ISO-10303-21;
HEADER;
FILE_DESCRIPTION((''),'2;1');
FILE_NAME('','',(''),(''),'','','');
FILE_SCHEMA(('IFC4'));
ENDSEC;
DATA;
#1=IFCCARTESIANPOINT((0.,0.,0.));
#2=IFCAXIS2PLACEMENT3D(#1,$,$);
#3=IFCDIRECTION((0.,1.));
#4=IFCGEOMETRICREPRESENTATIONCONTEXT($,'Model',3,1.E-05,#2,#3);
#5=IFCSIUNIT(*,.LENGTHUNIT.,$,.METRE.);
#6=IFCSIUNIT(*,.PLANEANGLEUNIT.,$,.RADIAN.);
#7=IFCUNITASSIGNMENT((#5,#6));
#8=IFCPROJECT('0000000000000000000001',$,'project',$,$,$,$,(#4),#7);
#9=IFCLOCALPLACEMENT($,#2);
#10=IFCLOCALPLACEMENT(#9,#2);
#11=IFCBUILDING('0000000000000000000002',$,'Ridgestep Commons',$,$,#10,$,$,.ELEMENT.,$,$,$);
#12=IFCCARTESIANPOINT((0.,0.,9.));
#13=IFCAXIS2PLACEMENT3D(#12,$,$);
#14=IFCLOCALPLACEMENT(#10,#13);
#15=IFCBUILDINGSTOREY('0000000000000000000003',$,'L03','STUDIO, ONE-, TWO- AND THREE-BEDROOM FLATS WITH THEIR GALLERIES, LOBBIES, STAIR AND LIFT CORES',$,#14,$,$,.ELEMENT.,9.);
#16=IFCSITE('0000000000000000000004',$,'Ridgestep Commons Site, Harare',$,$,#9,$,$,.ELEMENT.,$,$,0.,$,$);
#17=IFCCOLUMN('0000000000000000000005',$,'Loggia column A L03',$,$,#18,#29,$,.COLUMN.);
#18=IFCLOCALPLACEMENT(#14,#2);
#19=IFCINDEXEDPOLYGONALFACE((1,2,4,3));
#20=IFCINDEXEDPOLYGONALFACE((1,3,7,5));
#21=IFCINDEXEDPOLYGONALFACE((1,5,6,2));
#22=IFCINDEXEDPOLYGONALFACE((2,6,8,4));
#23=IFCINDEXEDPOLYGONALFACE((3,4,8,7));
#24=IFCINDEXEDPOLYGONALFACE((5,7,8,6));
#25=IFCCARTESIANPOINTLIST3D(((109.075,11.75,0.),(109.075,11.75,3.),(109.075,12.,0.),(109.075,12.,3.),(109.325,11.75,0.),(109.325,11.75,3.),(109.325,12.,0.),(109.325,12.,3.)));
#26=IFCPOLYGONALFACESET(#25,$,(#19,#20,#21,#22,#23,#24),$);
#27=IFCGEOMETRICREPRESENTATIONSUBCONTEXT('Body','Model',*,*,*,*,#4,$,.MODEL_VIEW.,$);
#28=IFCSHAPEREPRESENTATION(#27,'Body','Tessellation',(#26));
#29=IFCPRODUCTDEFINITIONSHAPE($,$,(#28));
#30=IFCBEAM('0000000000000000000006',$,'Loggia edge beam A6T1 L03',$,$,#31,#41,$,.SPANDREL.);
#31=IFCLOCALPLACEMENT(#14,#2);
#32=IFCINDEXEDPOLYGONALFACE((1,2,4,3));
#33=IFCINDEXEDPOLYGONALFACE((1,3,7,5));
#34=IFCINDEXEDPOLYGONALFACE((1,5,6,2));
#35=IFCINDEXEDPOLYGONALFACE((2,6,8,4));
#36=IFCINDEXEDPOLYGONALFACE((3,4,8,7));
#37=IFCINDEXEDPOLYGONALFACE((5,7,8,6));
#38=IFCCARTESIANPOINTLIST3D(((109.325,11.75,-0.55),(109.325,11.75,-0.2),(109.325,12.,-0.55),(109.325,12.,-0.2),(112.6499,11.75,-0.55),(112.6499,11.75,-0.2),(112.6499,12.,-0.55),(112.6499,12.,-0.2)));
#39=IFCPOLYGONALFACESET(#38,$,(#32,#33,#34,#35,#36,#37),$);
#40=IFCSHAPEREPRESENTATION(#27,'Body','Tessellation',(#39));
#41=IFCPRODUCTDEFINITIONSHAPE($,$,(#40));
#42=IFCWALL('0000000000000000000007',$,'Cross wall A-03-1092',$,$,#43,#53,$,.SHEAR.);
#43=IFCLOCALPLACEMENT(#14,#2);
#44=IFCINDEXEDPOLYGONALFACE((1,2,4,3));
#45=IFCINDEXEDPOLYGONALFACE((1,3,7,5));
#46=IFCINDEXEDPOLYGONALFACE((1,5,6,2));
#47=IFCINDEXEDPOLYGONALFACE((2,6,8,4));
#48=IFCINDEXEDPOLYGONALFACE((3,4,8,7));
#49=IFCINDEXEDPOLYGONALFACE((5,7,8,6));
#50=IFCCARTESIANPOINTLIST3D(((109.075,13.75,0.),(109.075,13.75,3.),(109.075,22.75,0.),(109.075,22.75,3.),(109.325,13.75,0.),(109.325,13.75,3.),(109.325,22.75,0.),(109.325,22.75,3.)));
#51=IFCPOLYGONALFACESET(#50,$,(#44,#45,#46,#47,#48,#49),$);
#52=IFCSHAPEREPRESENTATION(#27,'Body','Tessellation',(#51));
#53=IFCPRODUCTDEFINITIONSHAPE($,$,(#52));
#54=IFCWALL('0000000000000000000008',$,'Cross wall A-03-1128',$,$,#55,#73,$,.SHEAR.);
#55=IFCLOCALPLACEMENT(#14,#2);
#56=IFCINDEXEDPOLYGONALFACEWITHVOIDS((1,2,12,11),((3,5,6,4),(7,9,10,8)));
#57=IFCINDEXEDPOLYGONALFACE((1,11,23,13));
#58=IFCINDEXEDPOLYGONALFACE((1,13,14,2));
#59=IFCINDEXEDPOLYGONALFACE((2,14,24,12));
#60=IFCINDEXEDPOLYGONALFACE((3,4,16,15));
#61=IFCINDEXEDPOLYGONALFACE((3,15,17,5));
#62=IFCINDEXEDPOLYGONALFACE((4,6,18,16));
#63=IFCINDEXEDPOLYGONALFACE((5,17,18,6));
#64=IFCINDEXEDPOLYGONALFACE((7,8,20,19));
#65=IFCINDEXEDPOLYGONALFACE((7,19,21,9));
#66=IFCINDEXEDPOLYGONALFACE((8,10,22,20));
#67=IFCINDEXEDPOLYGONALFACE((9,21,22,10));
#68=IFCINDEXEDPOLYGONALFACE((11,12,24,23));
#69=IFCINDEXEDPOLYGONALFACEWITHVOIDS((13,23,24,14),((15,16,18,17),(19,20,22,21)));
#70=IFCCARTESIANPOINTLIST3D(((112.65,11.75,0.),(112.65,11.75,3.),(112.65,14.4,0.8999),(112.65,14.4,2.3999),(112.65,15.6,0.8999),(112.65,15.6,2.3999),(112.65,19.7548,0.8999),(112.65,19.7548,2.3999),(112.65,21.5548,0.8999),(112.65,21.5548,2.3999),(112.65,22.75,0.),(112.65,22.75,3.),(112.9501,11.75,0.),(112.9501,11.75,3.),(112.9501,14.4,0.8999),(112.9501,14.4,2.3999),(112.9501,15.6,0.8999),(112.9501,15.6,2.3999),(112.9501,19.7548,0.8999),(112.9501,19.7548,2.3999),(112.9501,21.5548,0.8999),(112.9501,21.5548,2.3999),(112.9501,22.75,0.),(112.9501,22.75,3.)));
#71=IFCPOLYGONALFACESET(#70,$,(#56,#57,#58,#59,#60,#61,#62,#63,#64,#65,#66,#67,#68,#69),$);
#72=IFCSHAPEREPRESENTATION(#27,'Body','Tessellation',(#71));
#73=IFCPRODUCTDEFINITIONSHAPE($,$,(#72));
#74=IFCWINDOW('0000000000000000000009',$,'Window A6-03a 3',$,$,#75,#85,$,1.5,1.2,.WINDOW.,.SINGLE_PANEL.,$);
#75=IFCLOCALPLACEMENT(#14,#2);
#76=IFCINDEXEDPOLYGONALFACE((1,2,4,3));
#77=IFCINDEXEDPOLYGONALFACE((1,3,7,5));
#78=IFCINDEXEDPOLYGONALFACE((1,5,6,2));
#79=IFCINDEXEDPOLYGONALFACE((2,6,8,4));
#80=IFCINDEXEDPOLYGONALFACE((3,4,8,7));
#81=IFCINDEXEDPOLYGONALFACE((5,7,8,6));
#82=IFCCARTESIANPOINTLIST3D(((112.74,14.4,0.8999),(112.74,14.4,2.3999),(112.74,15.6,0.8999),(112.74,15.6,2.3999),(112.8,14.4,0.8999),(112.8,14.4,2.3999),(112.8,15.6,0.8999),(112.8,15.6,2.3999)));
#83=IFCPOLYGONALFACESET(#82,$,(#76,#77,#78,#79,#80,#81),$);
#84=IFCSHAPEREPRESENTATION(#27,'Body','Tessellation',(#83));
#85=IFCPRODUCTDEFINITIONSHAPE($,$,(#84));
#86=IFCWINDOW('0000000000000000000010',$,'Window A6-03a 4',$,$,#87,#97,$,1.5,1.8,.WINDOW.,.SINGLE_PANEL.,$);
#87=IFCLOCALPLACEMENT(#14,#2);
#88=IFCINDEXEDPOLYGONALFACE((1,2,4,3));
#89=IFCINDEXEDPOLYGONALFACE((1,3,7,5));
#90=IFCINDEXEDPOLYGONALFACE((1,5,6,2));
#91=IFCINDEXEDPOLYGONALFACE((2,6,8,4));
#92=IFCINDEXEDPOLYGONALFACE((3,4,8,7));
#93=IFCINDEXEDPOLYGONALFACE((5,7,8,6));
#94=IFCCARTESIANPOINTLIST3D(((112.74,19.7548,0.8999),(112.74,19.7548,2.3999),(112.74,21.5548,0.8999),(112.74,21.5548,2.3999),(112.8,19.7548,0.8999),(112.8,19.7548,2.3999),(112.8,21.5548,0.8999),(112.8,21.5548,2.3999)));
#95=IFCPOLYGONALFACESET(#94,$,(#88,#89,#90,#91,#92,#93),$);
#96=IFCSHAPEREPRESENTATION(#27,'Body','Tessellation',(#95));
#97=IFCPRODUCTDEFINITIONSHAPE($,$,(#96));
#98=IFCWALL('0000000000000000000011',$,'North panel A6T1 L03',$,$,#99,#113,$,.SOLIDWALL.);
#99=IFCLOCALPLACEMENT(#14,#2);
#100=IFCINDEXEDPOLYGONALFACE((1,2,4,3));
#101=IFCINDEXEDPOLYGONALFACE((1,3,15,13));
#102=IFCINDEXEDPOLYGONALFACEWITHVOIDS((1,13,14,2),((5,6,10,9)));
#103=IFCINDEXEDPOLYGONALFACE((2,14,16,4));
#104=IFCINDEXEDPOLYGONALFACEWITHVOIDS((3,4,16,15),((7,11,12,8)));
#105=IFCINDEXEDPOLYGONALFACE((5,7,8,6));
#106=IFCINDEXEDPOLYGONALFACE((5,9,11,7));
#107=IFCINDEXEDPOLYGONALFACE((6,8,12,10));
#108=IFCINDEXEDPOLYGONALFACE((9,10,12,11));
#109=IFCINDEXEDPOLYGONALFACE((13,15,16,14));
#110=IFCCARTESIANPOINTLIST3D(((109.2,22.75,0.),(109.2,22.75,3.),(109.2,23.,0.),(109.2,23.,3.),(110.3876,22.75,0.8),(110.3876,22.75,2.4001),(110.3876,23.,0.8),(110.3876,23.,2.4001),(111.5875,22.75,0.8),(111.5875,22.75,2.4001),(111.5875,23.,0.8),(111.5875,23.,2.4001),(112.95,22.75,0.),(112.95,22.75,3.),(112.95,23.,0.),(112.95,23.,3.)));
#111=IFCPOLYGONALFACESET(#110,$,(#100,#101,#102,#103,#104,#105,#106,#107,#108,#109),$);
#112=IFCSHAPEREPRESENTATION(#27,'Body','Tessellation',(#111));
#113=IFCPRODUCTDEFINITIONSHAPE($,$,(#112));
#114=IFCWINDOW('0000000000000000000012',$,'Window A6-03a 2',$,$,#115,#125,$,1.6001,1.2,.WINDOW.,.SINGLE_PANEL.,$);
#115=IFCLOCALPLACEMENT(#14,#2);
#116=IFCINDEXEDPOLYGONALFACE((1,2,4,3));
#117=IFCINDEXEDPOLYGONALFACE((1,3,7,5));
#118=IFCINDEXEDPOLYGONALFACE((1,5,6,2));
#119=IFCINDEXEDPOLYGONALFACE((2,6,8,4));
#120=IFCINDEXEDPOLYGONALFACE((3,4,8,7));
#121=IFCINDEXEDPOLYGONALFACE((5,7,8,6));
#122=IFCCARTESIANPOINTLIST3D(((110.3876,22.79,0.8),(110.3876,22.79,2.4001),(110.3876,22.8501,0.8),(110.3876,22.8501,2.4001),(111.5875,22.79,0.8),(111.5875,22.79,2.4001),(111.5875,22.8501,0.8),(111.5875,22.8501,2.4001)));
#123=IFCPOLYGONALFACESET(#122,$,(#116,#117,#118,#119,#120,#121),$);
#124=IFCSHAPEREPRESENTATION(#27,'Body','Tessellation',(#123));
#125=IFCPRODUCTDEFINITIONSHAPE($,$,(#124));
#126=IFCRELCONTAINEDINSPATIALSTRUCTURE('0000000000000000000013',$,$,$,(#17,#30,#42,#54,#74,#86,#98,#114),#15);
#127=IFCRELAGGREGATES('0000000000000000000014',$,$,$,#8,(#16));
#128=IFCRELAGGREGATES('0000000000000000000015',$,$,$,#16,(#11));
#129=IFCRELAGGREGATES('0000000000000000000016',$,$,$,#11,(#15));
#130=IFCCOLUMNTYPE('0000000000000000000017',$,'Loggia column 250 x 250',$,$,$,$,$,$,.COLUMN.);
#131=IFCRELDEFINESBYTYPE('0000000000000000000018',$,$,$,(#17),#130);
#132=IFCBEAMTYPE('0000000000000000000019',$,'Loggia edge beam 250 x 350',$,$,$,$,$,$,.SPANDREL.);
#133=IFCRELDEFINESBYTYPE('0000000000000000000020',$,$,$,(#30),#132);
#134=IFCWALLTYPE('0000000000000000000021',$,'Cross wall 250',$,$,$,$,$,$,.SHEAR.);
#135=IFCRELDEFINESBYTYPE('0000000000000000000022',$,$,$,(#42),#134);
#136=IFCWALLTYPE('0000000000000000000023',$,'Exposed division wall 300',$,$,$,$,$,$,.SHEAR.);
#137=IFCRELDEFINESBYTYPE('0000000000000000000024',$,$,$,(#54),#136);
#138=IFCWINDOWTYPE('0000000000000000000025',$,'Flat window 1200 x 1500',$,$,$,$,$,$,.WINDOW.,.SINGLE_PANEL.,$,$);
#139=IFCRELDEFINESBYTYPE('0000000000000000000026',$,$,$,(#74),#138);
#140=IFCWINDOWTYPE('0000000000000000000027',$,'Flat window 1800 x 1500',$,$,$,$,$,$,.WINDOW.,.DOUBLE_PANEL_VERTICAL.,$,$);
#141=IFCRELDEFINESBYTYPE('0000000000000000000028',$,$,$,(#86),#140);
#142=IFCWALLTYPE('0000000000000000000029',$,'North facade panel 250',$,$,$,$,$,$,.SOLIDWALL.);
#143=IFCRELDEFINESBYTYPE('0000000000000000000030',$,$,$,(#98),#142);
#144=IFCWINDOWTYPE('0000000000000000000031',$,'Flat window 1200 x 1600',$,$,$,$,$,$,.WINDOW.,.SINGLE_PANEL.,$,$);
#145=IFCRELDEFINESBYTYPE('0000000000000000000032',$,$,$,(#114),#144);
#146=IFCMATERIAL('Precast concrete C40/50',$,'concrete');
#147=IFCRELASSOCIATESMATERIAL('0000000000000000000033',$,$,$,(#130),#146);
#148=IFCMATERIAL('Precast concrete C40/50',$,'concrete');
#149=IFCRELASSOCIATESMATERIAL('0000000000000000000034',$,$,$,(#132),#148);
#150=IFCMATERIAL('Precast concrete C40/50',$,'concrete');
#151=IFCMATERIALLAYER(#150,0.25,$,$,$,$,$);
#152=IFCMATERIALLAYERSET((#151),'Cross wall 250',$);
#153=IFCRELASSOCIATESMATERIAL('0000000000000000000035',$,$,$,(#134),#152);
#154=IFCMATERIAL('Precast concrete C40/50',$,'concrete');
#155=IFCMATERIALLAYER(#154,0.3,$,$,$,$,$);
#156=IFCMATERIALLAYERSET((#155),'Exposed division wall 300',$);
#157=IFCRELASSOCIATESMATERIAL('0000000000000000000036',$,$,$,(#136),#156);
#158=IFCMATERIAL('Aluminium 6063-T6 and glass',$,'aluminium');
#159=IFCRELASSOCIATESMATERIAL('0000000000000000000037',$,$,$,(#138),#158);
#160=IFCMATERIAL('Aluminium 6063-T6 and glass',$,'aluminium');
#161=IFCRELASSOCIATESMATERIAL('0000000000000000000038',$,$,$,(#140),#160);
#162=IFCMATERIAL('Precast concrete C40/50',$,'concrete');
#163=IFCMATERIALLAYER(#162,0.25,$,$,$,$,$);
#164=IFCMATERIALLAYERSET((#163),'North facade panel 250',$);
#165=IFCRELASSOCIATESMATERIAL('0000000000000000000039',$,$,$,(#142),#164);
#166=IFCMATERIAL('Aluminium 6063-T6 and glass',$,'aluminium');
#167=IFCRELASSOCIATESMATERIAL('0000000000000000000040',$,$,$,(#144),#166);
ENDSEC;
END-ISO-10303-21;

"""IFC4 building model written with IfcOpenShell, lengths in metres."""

from ifc_helpers import new_model, si_unit, direction, frame, frame_2d, origin, origin_2d, place, context, subcontext, project, spatial, rectangle, extrude, material, layer, layer_set, material_profile, profile_set, type_object, element, fill, save


model = new_model("IFC4")

# Units and contexts
model_context = context("Model", 3, precision=1e-05, world=origin(), true_north=direction((0.0, 1.0)))
body_context = subcontext(model_context, "Body", "Model", "MODEL_VIEW")
ifc_project = project(units=[si_unit("LENGTHUNIT", "METRE"), si_unit("PLANEANGLEUNIT", "RADIAN")], contexts=[model_context])

# Site, building, storey
site_placement = place(None, origin())
site = spatial("IfcSite", under=ifc_project, at=site_placement, Name="Ridgestep Commons Site, Harare", CompositionType="ELEMENT", RefElevation=0.0)
building_placement = place(site_placement, origin())
building = spatial("IfcBuilding", under=site, at=building_placement, Name="Ridgestep Commons", CompositionType="ELEMENT")
storey_placement = place(building_placement, frame((0.0, 0.0, 9.0)))
storey = spatial("IfcBuildingStorey", under=building, at=storey_placement, Name="L03", Description="STUDIO, ONE-, TWO- AND THREE-BEDROOM FLATS WITH THEIR GALLERIES, LOBBIES, STAIR AND LIFT CORES", CompositionType="ELEMENT", Elevation=9.0)

# Column
ifc_material_1 = material(Name="Precast concrete C40/50", Category="concrete")
ifc_material_profile_1 = material_profile(ifc_material_1, rectangle(XDim=0.25, YDim=0.25, at=origin_2d()), Name="PC 250x250")
ifc_profile_set_1 = profile_set([ifc_material_profile_1], Name="Precast concrete C40/50")
column_type = type_object("IfcColumnType", Name="Loggia column 250 x 250", PredefinedType="COLUMN", material=ifc_profile_set_1)
column_placement = place(storey_placement, frame((109.2, 11.875, 0.0), z_axis=(0.0, 0.0, 1.0), x_axis=(1.0, 0.0, 0.0)))
element("IfcColumn", 1, at=column_placement, inside=storey, type_object=column_type, Name="Loggia column A L03", PredefinedType="COLUMN", context=body_context, shape_type="SweptSolid", body=[
    extrude(rectangle(XDim=0.25, YDim=0.25, at=origin_2d()), origin(), (0.0, 0.0, 1.0), 3.0),
])

# Beam
ifc_material_2 = material(Name="Precast concrete C40/50", Category="concrete")
ifc_material_profile_2 = material_profile(ifc_material_2, rectangle(XDim=0.25, YDim=0.3501, at=origin_2d()), Name="PC 250x350")
ifc_profile_set_2 = profile_set([ifc_material_profile_2], Name="Precast concrete C40/50")
beam_type = type_object("IfcBeamType", Name="Loggia edge beam 250 x 350", PredefinedType="SPANDREL", material=ifc_profile_set_2)
beam_placement = place(storey_placement, frame((109.325, 11.875, -0.375), z_axis=(1.0, 0.0, 0.0), x_axis=(0.0, 1.0, 0.0)))
element("IfcBeam", 2, at=beam_placement, inside=storey, type_object=beam_type, Name="Loggia edge beam A6T1 L03", PredefinedType="SPANDREL", context=body_context, shape_type="SweptSolid", body=[
    extrude(rectangle(XDim=0.25, YDim=0.3501, at=origin_2d()), origin(), (0.0, 0.0, 1.0), 3.325),
])

# Wall
ifc_material_3 = material(Name="Precast concrete C40/50", Category="concrete")
ifc_layer_1 = layer(ifc_material_3, 0.25)
ifc_layer_set_1 = layer_set([ifc_layer_1], Name="Cross wall 250")
wall_type_1 = type_object("IfcWallType", Name="Cross wall 250", PredefinedType="SHEAR", material=ifc_layer_set_1)
wall_1_placement = place(storey_placement, frame((109.2, 13.75, 0.0), z_axis=(0.0, 0.0, 1.0), x_axis=(0.0, 1.0, 0.0)))
element("IfcWall", 3, at=wall_1_placement, inside=storey, type_object=wall_type_1, Name="Cross wall A-03-1092", PredefinedType="SHEAR", context=body_context, shape_type="SweptSolid", body=[
    extrude(rectangle(XDim=9.0, YDim=0.25, at=frame_2d((4.5, 0.0))), origin(), (0.0, 0.0, 1.0), 3.0),
])

# Wall, openings, windows
ifc_material_4 = material(Name="Precast concrete C40/50", Category="concrete")
ifc_layer_2 = layer(ifc_material_4, 0.3)
ifc_layer_set_2 = layer_set([ifc_layer_2], Name="Exposed division wall 300")
wall_type_2 = type_object("IfcWallType", Name="Exposed division wall 300", PredefinedType="SHEAR", material=ifc_layer_set_2)
wall_2_placement = place(storey_placement, frame((112.8, 11.75, 0.0), z_axis=(0.0, 0.0, 1.0), x_axis=(0.0, 1.0, 0.0)))
wall_2 = element("IfcWall", 4, at=wall_2_placement, inside=storey, type_object=wall_type_2, Name="Cross wall A-03-1128", PredefinedType="SHEAR", context=body_context, shape_type="SweptSolid", body=[
    extrude(rectangle(XDim=11.0, YDim=0.3, at=frame_2d((5.5, 0.0))), origin(), (0.0, 0.0, 1.0), 3.0),
])
opening_1_placement = place(wall_2_placement, frame((2.6499, 0.0, 0.8999)))
opening_1 = element("IfcOpeningElement", 5, at=opening_1_placement, cuts=wall_2, PredefinedType="OPENING", context=body_context, shape_type="SweptSolid", body=[
    extrude(rectangle(XDim=1.2, YDim=1.5, at=frame_2d((0.6001, 0.75))), frame((0.0, 0.1599, 0.0), z_axis=(0.0, -1.0, 0.0), x_axis=(1.0, 0.0, 0.0)), (0.0, 0.0, 1.0), 0.3201),
])
opening_2_placement = place(wall_2_placement, frame((8.0049, 0.0, 0.8999)))
opening_2 = element("IfcOpeningElement", 6, at=opening_2_placement, cuts=wall_2, PredefinedType="OPENING", context=body_context, shape_type="SweptSolid", body=[
    extrude(rectangle(XDim=1.8, YDim=1.5, at=frame_2d((0.8999, 0.75))), frame((0.0, 0.1599, 0.0), z_axis=(0.0, -1.0, 0.0), x_axis=(1.0, 0.0, 0.0)), (0.0, 0.0, 1.0), 0.3201),
])
ifc_material_5 = material(Name="Aluminium 6063-T6 and glass", Category="aluminium")
window_type_1 = type_object("IfcWindowType", Name="Flat window 1200 x 1500", PartitioningType="SINGLE_PANEL", PredefinedType="WINDOW", material=ifc_material_5)
window_1_placement = place(opening_1_placement, origin())
window_1 = element("IfcWindow", 7, at=window_1_placement, inside=storey, type_object=window_type_1, Name="Window A6-03a 3", OverallHeight=1.5, OverallWidth=1.2, PartitioningType="SINGLE_PANEL", PredefinedType="WINDOW", context=body_context, shape_type="SweptSolid", body=[
    extrude(rectangle(XDim=1.2, YDim=1.5, at=frame_2d((0.6001, 0.75))), frame((0.0, 0.0601, 0.0), z_axis=(0.0, -1.0, 0.0), x_axis=(1.0, 0.0, 0.0)), (0.0, 0.0, 1.0), 0.0601),
])
fill(opening_1, window_1)
ifc_material_6 = material(Name="Aluminium 6063-T6 and glass", Category="aluminium")
window_type_2 = type_object("IfcWindowType", Name="Flat window 1800 x 1500", PartitioningType="DOUBLE_PANEL_VERTICAL", PredefinedType="WINDOW", material=ifc_material_6)
window_2_placement = place(opening_2_placement, origin())
window_2 = element("IfcWindow", 8, at=window_2_placement, inside=storey, type_object=window_type_2, Name="Window A6-03a 4", OverallHeight=1.5, OverallWidth=1.8, PartitioningType="SINGLE_PANEL", PredefinedType="WINDOW", context=body_context, shape_type="SweptSolid", body=[
    extrude(rectangle(XDim=1.8, YDim=1.5, at=frame_2d((0.8999, 0.75))), frame((0.0, 0.0601, 0.0), z_axis=(0.0, -1.0, 0.0), x_axis=(1.0, 0.0, 0.0)), (0.0, 0.0, 1.0), 0.0601),
])
fill(opening_2, window_2)

# Wall, opening, window
ifc_material_7 = material(Name="Precast concrete C40/50", Category="concrete")
ifc_layer_3 = layer(ifc_material_7, 0.25)
ifc_layer_set_3 = layer_set([ifc_layer_3], Name="North facade panel 250")
wall_type_3 = type_object("IfcWallType", Name="North facade panel 250", PredefinedType="SOLIDWALL", material=ifc_layer_set_3)
wall_3_placement = place(storey_placement, frame((109.2, 22.875, 0.0), z_axis=(0.0, 0.0, 1.0), x_axis=(1.0, 0.0, 0.0)))
wall_3 = element("IfcWall", 9, at=wall_3_placement, inside=storey, type_object=wall_type_3, Name="North panel A6T1 L03", PredefinedType="SOLIDWALL", context=body_context, shape_type="SweptSolid", body=[
    extrude(rectangle(XDim=3.75, YDim=0.25, at=frame_2d((1.875, 0.0))), origin(), (0.0, 0.0, 1.0), 3.0),
])
opening_3_placement = place(wall_3_placement, frame((1.1875, 0.0, 0.8)))
opening_3 = element("IfcOpeningElement", 10, at=opening_3_placement, cuts=wall_3, PredefinedType="OPENING", context=body_context, shape_type="SweptSolid", body=[
    extrude(rectangle(XDim=1.2, YDim=1.6001, at=frame_2d((0.6001, 0.8))), frame((0.0, 0.135, 0.0), z_axis=(0.0, -1.0, 0.0), x_axis=(1.0, 0.0, 0.0)), (0.0, 0.0, 1.0), 0.27),
])
ifc_material_8 = material(Name="Aluminium 6063-T6 and glass", Category="aluminium")
window_type_3 = type_object("IfcWindowType", Name="Flat window 1200 x 1600", PartitioningType="SINGLE_PANEL", PredefinedType="WINDOW", material=ifc_material_8)
window_3_placement = place(opening_3_placement, origin())
window_3 = element("IfcWindow", 11, at=window_3_placement, inside=storey, type_object=window_type_3, Name="Window A6-03a 2", OverallHeight=1.6001, OverallWidth=1.2, PartitioningType="SINGLE_PANEL", PredefinedType="WINDOW", context=body_context, shape_type="SweptSolid", body=[
    extrude(rectangle(XDim=1.2, YDim=1.6001, at=frame_2d((0.6001, 0.8))), frame((0.0, -0.0249, 0.0), z_axis=(0.0, -1.0, 0.0), x_axis=(1.0, 0.0, 0.0)), (0.0, 0.0, 1.0), 0.0601),
])
fill(opening_3, window_3)

save(model, "model.ifc")
